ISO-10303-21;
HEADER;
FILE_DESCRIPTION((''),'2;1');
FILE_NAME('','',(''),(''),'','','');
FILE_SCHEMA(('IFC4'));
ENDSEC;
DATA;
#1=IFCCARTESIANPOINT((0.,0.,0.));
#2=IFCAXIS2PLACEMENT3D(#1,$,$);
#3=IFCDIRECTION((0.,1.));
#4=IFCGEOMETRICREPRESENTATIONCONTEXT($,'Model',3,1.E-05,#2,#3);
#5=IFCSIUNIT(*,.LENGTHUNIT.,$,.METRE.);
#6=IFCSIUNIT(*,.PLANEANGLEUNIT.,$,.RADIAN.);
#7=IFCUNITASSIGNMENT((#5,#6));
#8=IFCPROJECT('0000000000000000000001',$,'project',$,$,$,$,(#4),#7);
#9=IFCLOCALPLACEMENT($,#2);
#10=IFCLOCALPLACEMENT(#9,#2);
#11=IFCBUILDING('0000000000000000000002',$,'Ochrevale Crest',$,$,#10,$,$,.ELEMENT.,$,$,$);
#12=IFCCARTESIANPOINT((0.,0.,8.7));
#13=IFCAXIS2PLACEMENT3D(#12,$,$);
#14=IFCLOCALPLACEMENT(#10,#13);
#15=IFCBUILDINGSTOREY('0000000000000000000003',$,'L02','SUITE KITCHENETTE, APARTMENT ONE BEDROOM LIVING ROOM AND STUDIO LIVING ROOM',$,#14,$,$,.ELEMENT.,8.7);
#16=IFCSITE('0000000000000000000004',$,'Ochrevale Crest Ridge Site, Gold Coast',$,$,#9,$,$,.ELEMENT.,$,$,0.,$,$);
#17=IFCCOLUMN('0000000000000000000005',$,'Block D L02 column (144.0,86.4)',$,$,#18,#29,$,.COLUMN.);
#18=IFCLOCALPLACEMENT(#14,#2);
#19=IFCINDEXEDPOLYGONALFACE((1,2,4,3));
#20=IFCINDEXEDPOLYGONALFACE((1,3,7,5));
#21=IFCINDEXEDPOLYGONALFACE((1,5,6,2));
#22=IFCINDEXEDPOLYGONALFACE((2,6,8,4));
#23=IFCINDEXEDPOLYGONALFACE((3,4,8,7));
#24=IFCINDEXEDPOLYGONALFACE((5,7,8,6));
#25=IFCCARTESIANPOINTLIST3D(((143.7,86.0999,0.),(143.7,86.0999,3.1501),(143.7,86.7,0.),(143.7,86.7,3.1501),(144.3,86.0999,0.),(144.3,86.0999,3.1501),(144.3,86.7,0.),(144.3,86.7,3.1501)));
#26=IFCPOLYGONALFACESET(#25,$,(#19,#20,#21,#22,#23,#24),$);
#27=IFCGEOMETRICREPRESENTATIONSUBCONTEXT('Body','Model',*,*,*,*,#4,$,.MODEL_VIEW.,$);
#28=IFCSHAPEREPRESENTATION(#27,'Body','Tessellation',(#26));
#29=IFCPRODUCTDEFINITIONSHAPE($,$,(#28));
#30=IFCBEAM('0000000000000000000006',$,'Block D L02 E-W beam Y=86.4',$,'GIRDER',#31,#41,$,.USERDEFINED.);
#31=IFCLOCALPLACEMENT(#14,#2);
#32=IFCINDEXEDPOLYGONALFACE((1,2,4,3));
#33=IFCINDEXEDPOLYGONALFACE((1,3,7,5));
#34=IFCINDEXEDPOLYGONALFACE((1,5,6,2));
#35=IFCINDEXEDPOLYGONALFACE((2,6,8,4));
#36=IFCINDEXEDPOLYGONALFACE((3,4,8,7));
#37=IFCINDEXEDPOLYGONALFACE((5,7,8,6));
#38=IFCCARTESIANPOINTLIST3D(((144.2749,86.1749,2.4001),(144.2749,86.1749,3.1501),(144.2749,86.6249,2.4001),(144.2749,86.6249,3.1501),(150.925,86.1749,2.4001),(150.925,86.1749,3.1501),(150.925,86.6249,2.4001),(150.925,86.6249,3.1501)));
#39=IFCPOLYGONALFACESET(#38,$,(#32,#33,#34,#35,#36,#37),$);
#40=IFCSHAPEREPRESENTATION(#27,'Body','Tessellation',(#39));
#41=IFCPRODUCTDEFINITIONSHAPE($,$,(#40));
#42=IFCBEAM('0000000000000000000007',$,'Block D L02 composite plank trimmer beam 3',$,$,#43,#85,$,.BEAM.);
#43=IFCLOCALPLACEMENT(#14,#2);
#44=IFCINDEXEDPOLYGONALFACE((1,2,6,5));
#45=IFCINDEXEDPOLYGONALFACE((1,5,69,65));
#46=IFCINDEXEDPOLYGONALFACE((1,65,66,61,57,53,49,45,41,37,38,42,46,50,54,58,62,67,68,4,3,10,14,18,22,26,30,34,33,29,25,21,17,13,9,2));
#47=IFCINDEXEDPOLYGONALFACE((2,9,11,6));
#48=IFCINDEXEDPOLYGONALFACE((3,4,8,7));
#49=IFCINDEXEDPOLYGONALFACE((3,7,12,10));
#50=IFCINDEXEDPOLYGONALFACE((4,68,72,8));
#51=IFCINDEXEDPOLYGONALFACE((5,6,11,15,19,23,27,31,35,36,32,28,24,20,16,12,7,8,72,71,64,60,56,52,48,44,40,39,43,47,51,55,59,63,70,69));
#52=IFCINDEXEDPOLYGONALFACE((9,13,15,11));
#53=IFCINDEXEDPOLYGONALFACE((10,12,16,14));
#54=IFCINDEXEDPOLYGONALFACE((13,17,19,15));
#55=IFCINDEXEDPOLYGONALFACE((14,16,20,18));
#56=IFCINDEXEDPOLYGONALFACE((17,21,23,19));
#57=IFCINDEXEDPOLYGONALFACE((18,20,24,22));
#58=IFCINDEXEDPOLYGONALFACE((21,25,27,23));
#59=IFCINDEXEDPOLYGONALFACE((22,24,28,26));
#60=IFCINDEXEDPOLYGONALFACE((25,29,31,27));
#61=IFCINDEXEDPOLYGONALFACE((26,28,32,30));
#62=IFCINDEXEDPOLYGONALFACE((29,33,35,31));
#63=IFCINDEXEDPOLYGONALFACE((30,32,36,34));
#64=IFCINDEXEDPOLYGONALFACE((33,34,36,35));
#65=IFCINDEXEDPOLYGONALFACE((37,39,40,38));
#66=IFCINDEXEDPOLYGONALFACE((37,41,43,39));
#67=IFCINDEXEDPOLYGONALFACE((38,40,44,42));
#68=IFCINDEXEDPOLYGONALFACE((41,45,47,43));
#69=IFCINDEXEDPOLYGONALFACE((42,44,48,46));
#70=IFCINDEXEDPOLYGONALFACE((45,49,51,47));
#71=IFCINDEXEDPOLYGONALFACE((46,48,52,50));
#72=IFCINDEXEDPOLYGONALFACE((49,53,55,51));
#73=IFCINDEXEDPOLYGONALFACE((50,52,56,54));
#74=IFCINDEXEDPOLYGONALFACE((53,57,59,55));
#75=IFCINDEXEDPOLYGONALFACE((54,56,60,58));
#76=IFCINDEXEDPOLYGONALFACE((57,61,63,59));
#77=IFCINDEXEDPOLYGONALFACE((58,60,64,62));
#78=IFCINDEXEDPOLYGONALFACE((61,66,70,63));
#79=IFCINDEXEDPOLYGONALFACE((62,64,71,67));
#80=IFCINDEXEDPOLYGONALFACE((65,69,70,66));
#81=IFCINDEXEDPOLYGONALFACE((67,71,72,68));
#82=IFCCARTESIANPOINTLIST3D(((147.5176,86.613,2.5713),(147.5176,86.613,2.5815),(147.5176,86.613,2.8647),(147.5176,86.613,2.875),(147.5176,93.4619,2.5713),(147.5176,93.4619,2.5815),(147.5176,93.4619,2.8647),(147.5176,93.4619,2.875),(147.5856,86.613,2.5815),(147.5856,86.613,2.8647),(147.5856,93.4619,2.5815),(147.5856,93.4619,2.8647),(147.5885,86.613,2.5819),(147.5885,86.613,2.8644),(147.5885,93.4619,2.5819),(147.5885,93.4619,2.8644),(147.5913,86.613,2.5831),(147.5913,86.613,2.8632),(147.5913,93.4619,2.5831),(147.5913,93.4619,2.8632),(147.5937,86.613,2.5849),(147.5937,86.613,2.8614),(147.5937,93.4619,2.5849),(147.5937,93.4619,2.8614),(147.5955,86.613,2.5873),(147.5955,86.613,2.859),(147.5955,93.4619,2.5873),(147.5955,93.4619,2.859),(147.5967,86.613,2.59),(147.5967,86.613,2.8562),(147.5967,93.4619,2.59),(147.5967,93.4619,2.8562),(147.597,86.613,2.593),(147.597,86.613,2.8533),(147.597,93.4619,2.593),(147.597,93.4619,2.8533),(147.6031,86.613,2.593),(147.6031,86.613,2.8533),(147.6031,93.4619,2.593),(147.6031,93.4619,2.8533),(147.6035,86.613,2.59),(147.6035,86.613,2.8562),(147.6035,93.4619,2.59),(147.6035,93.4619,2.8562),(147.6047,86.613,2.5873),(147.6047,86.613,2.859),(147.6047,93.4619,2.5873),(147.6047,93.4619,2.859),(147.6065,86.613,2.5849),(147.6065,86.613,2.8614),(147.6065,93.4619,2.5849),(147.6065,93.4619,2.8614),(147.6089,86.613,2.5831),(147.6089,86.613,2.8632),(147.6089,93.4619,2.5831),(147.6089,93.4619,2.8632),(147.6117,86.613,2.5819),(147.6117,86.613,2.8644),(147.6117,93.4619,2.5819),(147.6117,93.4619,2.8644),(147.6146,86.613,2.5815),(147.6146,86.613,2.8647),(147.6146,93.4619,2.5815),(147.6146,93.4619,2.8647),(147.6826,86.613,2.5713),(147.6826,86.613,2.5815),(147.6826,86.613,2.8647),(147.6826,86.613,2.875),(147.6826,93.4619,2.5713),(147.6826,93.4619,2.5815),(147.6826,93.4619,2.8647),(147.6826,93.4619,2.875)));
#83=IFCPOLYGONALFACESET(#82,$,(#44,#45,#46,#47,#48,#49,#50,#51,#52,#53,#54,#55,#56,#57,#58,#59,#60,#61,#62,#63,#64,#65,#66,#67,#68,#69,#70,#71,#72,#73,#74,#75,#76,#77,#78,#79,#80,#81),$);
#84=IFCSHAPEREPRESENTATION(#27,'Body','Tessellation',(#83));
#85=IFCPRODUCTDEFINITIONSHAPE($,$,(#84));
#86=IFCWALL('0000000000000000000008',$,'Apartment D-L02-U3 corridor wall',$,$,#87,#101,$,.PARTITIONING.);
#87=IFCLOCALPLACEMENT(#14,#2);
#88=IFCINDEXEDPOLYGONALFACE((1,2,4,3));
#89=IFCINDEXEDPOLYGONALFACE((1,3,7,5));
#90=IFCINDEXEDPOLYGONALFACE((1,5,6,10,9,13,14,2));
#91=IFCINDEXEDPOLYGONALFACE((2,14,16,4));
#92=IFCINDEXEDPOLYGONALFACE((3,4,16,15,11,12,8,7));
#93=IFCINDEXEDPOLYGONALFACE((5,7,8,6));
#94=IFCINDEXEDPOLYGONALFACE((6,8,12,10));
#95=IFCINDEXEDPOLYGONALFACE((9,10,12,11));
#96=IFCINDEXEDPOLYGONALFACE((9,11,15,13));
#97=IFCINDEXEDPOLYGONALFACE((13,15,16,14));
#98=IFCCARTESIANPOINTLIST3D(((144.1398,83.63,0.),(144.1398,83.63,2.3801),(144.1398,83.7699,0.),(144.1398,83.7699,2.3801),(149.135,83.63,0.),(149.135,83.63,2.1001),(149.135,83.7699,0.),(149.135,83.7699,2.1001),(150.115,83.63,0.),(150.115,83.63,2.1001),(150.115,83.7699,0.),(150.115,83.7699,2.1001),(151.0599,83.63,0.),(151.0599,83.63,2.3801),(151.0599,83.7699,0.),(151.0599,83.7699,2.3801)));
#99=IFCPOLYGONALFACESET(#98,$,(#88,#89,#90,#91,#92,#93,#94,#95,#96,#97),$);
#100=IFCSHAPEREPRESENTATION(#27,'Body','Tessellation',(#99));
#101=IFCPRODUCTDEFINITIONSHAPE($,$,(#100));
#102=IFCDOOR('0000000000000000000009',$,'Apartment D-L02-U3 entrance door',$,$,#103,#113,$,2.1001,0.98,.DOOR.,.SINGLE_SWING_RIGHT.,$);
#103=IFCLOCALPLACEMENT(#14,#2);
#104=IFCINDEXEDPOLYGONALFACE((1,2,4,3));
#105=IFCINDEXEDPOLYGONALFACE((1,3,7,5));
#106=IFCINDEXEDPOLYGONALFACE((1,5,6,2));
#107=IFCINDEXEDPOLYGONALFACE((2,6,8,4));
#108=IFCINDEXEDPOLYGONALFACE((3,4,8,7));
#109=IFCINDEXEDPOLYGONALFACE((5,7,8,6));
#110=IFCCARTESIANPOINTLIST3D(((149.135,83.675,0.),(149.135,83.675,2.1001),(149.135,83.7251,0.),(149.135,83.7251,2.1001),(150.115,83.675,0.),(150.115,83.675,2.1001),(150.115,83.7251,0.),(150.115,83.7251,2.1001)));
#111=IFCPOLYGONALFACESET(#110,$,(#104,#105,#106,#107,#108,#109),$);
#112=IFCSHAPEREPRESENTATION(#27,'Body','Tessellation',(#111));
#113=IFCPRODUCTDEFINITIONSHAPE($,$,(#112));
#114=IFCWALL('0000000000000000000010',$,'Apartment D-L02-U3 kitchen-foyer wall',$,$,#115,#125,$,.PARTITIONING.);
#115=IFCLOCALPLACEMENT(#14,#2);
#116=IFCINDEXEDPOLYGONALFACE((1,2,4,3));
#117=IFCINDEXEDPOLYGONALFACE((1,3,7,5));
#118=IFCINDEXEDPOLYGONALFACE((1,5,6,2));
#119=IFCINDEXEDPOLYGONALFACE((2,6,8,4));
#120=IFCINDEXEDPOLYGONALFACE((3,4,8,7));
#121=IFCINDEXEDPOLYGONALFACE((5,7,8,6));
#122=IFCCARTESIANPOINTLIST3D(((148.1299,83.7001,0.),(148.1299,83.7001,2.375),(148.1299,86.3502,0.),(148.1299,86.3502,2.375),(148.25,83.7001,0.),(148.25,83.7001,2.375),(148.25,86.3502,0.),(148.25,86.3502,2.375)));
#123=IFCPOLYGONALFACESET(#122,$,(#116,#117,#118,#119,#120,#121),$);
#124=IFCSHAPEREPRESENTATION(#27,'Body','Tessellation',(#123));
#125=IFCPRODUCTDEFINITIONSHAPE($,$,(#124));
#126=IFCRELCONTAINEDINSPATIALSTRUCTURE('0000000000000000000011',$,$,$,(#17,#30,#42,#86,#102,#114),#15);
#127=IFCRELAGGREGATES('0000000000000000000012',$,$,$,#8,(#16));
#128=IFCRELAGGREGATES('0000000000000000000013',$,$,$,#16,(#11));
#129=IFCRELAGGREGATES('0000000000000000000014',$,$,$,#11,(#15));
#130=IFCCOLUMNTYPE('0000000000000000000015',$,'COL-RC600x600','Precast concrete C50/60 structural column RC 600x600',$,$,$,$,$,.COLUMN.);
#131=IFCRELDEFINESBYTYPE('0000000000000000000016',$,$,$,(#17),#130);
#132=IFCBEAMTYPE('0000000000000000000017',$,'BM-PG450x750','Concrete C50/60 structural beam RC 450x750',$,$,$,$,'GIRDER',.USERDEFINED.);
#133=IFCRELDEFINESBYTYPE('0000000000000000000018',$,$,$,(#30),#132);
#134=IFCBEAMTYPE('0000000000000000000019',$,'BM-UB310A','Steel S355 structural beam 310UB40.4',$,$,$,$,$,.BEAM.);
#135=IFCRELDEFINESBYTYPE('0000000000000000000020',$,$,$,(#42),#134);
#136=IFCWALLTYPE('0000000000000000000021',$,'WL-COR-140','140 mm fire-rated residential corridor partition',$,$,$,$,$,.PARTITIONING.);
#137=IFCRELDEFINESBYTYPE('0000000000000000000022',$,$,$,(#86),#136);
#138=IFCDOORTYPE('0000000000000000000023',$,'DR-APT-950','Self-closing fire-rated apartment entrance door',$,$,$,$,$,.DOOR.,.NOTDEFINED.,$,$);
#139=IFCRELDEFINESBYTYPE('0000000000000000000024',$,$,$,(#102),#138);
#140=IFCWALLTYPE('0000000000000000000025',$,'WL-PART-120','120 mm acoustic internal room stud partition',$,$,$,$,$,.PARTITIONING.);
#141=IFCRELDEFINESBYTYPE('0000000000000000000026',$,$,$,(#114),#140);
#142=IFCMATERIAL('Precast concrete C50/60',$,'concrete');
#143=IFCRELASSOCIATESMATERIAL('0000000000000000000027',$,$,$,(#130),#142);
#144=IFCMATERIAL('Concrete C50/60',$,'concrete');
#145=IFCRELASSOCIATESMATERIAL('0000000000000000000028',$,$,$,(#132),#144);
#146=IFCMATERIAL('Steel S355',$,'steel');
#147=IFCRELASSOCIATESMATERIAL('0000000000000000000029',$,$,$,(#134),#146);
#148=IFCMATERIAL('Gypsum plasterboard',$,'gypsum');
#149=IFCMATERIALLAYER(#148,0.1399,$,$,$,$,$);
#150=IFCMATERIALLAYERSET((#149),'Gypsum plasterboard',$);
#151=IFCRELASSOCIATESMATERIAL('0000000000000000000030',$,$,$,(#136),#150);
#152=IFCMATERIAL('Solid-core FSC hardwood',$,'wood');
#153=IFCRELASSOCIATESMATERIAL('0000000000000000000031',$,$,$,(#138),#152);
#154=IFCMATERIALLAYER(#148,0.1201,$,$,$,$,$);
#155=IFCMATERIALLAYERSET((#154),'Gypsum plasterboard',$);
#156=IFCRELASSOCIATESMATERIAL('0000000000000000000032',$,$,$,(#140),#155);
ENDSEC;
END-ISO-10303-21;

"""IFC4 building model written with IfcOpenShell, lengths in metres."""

from ifc_helpers import new_model, si_unit, direction, frame, frame_2d, origin, origin_2d, place, context, subcontext, project, spatial, rectangle, i_section, extrude, material, layer, layer_set, material_profile, profile_set, type_object, element, fill, save


model = new_model("IFC4")

# Units and contexts
model_context = context("Model", 3, precision=1e-05, world=origin(), true_north=direction((0.0, 1.0)))
body_context = subcontext(model_context, "Body", "Model", "MODEL_VIEW")
ifc_project = project(units=[si_unit("LENGTHUNIT", "METRE"), si_unit("PLANEANGLEUNIT", "RADIAN")], contexts=[model_context])

# Site, building, storey
site_placement = place(None, origin())
site = spatial("IfcSite", under=ifc_project, at=site_placement, Name="Ochrevale Crest Ridge Site, Gold Coast", CompositionType="ELEMENT", RefElevation=0.0)
building_placement = place(site_placement, origin())
building = spatial("IfcBuilding", under=site, at=building_placement, Name="Ochrevale Crest", CompositionType="ELEMENT")
storey_placement = place(building_placement, frame((0.0, 0.0, 8.7)))
storey = spatial("IfcBuildingStorey", under=building, at=storey_placement, Name="L02", Description="SUITE KITCHENETTE, APARTMENT ONE BEDROOM LIVING ROOM AND STUDIO LIVING ROOM", CompositionType="ELEMENT", Elevation=8.7)

# Column
ifc_material_1 = material(Name="Precast concrete C50/60", Category="concrete")
ifc_material_profile_1 = material_profile(ifc_material_1, rectangle(XDim=0.6001, YDim=0.6001, at=origin_2d()), Name="RC 600x600")
ifc_profile_set_1 = profile_set([ifc_material_profile_1], Name="Precast concrete C50/60")
column_type = type_object("IfcColumnType", Name="COL-RC600x600", Description="Precast concrete C50/60 structural column RC 600x600", PredefinedType="COLUMN", material=ifc_profile_set_1)
column_placement = place(storey_placement, frame((144.0, 86.3999, 0.0), z_axis=(0.0, 0.0, 1.0), x_axis=(1.0, 0.0, 0.0)))
element("IfcColumn", 1, at=column_placement, inside=storey, type_object=column_type, Name="Block D L02 column (144.0,86.4)", PredefinedType="COLUMN", context=body_context, shape_type="SweptSolid", body=[
    extrude(rectangle(XDim=0.6001, YDim=0.6001, at=origin_2d()), origin(), (0.0, 0.0, 1.0), 3.1501),
])

# Beams
ifc_material_2 = material(Name="Concrete C50/60", Category="concrete")
ifc_material_profile_2 = material_profile(ifc_material_2, rectangle(XDim=0.45, YDim=0.75, at=origin_2d()), Name="RC 450x750")
ifc_profile_set_2 = profile_set([ifc_material_profile_2], Name="Concrete C50/60")
beam_type_1 = type_object("IfcBeamType", Name="BM-PG450x750", Description="Concrete C50/60 structural beam RC 450x750", ElementType="GIRDER", PredefinedType="USERDEFINED", material=ifc_profile_set_2)
beam_1_placement = place(storey_placement, frame((144.2749, 86.3999, 2.7751), z_axis=(1.0, 0.0, 0.0), x_axis=(0.0, 1.0, 0.0)))
element("IfcBeam", 2, at=beam_1_placement, inside=storey, type_object=beam_type_1, Name="Block D L02 E-W beam Y=86.4", ObjectType="GIRDER", PredefinedType="USERDEFINED", context=body_context, shape_type="SweptSolid", body=[
    extrude(rectangle(XDim=0.45, YDim=0.75, at=origin_2d()), origin(), (0.0, 0.0, 1.0), 6.6501),
])
ifc_material_3 = material(Name="Steel S355", Category="steel")
ifc_material_profile_3 = material_profile(ifc_material_3, i_section(OverallWidth=0.165, OverallDepth=0.3037, WebThickness=0.0061, FlangeThickness=0.0103, FilletRadius=0.0115, at=origin_2d()), Name="310UB40.4")
ifc_profile_set_3 = profile_set([ifc_material_profile_3], Name="Steel S355")
beam_type_2 = type_object("IfcBeamType", Name="BM-UB310A", Description="Steel S355 structural beam 310UB40.4", PredefinedType="BEAM", material=ifc_profile_set_3)
beam_2_placement = place(storey_placement, frame((147.6001, 86.613, 2.7231), z_axis=(0.0, 1.0, 0.0), x_axis=(-1.0, 0.0, 0.0)))
element("IfcBeam", 3, at=beam_2_placement, inside=storey, type_object=beam_type_2, Name="Block D L02 composite plank trimmer beam 3", PredefinedType="BEAM", context=body_context, shape_type="SweptSolid", body=[
    extrude(i_section(OverallWidth=0.165, OverallDepth=0.3037, WebThickness=0.0061, FlangeThickness=0.0103, FilletRadius=0.0115, at=origin_2d()), origin(), (0.0, 0.0, 1.0), 6.8489),
])

# Wall, opening, door
ifc_material_4 = material(Name="Gypsum plasterboard", Category="gypsum")
ifc_layer_1 = layer(ifc_material_4, 0.1399)
ifc_layer_set_1 = layer_set([ifc_layer_1], Name="Gypsum plasterboard")
wall_type_1 = type_object("IfcWallType", Name="WL-COR-140", Description="140 mm fire-rated residential corridor partition", PredefinedType="PARTITIONING", material=ifc_layer_set_1)
wall_1_placement = place(storey_placement, frame((144.1399, 83.7, 0.0), z_axis=(0.0, 0.0, 1.0), x_axis=(1.0, 0.0, 0.0)))
wall_1 = element("IfcWall", 4, at=wall_1_placement, inside=storey, type_object=wall_type_1, Name="Apartment D-L02-U3 corridor wall", PredefinedType="PARTITIONING", context=body_context, shape_type="SweptSolid", body=[
    extrude(rectangle(XDim=6.9202, YDim=0.1399, at=frame_2d((3.46, 0.0))), origin(), (0.0, 0.0, 1.0), 2.3801),
])
opening_1_placement = place(wall_1_placement, frame((5.9751, 0.0, 0.0), z_axis=(0.0, 0.0, 1.0), x_axis=(-1.0, 0.0, 0.0)))
opening_1 = element("IfcOpeningElement", 5, at=opening_1_placement, cuts=wall_1, PredefinedType="OPENING", context=body_context, shape_type="SweptSolid", body=[
    extrude(rectangle(XDim=0.98, YDim=2.1001, at=frame_2d((0.49, 1.05))), frame((0.0, 0.0801, 0.0), z_axis=(0.0, -1.0, 0.0), x_axis=(1.0, 0.0, 0.0)), (0.0, 0.0, 1.0), 0.1599),
])
ifc_material_5 = material(Name="Solid-core FSC hardwood", Category="wood")
door_type_1 = type_object("IfcDoorType", Name="DR-APT-950", Description="Self-closing fire-rated apartment entrance door", OperationType="NOTDEFINED", PredefinedType="DOOR", material=ifc_material_5)
door_1_placement = place(opening_1_placement, origin())
door_1 = element("IfcDoor", 6, at=door_1_placement, inside=storey, type_object=door_type_1, Name="Apartment D-L02-U3 entrance door", OperationType="SINGLE_SWING_RIGHT", OverallHeight=2.1001, OverallWidth=0.98, PredefinedType="DOOR", context=body_context, shape_type="SweptSolid", body=[
    extrude(rectangle(XDim=0.98, YDim=2.1001, at=frame_2d((0.49, 1.05))), frame((0.0, 0.0249, 0.0), z_axis=(0.0, -1.0, 0.0), x_axis=(1.0, 0.0, 0.0)), (0.0, 0.0, 1.0), 0.05),
])
fill(opening_1, door_1)

# Wall
ifc_layer_2 = layer(ifc_material_4, 0.1201)
ifc_layer_set_2 = layer_set([ifc_layer_2], Name="Gypsum plasterboard")
wall_type_2 = type_object("IfcWallType", Name="WL-PART-120", Description="120 mm acoustic internal room stud partition", PredefinedType="PARTITIONING", material=ifc_layer_set_2)
wall_2_placement = place(storey_placement, frame((148.1899, 83.7, 0.0), z_axis=(0.0, 0.0, 1.0), x_axis=(0.0, 1.0, 0.0)))
element("IfcWall", 7, at=wall_2_placement, inside=storey, type_object=wall_type_2, Name="Apartment D-L02-U3 kitchen-foyer wall", PredefinedType="PARTITIONING", context=body_context, shape_type="SweptSolid", body=[
    extrude(rectangle(XDim=2.6501, YDim=0.1201, at=frame_2d((1.3252, 0.0))), origin(), (0.0, 0.0, 1.0), 2.375),
])

save(model, "model.ifc")
